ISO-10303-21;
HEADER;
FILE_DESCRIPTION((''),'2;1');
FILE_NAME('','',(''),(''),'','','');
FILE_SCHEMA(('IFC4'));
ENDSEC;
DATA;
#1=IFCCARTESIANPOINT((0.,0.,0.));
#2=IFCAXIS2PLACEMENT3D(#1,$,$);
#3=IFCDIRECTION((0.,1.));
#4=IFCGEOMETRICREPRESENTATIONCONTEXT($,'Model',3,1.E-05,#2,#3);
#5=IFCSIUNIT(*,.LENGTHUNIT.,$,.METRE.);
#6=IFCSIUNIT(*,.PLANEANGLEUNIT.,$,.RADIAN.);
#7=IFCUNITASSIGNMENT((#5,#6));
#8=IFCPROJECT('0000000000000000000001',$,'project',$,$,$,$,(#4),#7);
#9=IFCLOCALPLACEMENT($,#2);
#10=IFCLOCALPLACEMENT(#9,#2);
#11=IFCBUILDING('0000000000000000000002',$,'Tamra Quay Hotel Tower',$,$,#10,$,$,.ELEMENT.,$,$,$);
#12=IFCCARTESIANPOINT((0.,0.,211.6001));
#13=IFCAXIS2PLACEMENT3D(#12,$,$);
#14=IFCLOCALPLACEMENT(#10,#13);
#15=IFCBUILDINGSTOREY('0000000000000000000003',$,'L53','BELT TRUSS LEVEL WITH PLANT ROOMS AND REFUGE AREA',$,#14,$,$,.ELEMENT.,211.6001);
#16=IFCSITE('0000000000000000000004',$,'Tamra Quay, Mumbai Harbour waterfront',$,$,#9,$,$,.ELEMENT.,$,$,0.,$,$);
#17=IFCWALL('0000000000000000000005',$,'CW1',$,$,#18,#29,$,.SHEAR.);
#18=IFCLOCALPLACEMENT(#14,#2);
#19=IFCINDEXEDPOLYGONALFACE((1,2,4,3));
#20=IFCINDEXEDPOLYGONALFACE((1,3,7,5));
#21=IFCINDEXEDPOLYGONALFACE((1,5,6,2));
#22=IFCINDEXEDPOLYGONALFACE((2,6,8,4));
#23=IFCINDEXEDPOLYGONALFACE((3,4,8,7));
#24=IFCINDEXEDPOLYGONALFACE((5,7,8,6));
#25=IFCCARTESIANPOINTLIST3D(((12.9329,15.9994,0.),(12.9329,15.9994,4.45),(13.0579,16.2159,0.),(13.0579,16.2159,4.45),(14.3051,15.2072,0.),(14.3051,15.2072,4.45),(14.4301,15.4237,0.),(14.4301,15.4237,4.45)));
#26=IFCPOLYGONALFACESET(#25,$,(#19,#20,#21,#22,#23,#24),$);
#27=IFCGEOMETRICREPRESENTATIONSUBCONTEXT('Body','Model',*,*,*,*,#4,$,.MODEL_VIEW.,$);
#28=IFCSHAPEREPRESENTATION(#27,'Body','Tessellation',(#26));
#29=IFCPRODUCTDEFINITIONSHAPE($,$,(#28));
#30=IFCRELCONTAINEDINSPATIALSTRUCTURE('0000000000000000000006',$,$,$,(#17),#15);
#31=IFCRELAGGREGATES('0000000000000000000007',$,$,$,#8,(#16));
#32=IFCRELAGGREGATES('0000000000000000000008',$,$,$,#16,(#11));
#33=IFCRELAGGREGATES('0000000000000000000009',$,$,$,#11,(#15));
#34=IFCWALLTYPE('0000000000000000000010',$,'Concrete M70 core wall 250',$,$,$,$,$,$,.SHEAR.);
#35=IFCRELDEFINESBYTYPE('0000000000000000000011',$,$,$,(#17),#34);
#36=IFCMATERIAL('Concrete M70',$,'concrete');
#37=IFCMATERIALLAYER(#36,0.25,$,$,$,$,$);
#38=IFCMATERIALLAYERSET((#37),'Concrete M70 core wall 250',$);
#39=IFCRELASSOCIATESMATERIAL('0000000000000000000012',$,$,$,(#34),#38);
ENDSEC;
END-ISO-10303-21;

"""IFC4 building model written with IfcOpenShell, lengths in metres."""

from ifc_helpers import new_model, si_unit, direction, frame, frame_2d, origin, place, context, subcontext, project, spatial, rectangle, extrude, material, layer, layer_set, type_object, element, save


model = new_model("IFC4")

# Units and contexts
model_context = context("Model", 3, precision=1e-05, world=origin(), true_north=direction((0.0, 1.0)))
body_context = subcontext(model_context, "Body", "Model", "MODEL_VIEW")
ifc_project = project(units=[si_unit("LENGTHUNIT", "METRE"), si_unit("PLANEANGLEUNIT", "RADIAN")], contexts=[model_context])

# Site, building, storey
site_placement = place(None, origin())
site = spatial("IfcSite", under=ifc_project, at=site_placement, Name="Tamra Quay, Mumbai Harbour waterfront", CompositionType="ELEMENT", RefElevation=0.0)
building_placement = place(site_placement, origin())
building = spatial("IfcBuilding", under=site, at=building_placement, Name="Tamra Quay Hotel Tower", CompositionType="ELEMENT")
storey_placement = place(building_placement, frame((0.0, 0.0, 211.6001)))
storey = spatial("IfcBuildingStorey", under=building, at=storey_placement, Name="L53", Description="BELT TRUSS LEVEL WITH PLANT ROOMS AND REFUGE AREA", CompositionType="ELEMENT", Elevation=211.6001)

# Shared definitions
ifc_material_1 = material(Name="Concrete M70", Category="concrete")

# Wall
ifc_layer_1 = layer(ifc_material_1, 0.25)
ifc_layer_set_1 = layer_set([ifc_layer_1], Name="Concrete M70 core wall 250")
wall_type_1 = type_object("IfcWallType", Name="Concrete M70 core wall 250", PredefinedType="SHEAR", material=ifc_layer_set_1)
wall_1_placement = place(storey_placement, frame((12.9954, 16.1077, 0.0), z_axis=(0.0, 0.0, 1.0), x_axis=(0.866044, -0.499967, 0.0)))
element("IfcWall", 1, at=wall_1_placement, inside=storey, type_object=wall_type_1, Name="CW1", PredefinedType="SHEAR", context=body_context, shape_type="SweptSolid", body=[
    extrude(rectangle(XDim=1.5845, YDim=0.25, at=frame_2d((0.7922, 0.0))), origin(), (0.0, 0.0, 1.0), 4.45),
])

save(model, "model.ifc")
